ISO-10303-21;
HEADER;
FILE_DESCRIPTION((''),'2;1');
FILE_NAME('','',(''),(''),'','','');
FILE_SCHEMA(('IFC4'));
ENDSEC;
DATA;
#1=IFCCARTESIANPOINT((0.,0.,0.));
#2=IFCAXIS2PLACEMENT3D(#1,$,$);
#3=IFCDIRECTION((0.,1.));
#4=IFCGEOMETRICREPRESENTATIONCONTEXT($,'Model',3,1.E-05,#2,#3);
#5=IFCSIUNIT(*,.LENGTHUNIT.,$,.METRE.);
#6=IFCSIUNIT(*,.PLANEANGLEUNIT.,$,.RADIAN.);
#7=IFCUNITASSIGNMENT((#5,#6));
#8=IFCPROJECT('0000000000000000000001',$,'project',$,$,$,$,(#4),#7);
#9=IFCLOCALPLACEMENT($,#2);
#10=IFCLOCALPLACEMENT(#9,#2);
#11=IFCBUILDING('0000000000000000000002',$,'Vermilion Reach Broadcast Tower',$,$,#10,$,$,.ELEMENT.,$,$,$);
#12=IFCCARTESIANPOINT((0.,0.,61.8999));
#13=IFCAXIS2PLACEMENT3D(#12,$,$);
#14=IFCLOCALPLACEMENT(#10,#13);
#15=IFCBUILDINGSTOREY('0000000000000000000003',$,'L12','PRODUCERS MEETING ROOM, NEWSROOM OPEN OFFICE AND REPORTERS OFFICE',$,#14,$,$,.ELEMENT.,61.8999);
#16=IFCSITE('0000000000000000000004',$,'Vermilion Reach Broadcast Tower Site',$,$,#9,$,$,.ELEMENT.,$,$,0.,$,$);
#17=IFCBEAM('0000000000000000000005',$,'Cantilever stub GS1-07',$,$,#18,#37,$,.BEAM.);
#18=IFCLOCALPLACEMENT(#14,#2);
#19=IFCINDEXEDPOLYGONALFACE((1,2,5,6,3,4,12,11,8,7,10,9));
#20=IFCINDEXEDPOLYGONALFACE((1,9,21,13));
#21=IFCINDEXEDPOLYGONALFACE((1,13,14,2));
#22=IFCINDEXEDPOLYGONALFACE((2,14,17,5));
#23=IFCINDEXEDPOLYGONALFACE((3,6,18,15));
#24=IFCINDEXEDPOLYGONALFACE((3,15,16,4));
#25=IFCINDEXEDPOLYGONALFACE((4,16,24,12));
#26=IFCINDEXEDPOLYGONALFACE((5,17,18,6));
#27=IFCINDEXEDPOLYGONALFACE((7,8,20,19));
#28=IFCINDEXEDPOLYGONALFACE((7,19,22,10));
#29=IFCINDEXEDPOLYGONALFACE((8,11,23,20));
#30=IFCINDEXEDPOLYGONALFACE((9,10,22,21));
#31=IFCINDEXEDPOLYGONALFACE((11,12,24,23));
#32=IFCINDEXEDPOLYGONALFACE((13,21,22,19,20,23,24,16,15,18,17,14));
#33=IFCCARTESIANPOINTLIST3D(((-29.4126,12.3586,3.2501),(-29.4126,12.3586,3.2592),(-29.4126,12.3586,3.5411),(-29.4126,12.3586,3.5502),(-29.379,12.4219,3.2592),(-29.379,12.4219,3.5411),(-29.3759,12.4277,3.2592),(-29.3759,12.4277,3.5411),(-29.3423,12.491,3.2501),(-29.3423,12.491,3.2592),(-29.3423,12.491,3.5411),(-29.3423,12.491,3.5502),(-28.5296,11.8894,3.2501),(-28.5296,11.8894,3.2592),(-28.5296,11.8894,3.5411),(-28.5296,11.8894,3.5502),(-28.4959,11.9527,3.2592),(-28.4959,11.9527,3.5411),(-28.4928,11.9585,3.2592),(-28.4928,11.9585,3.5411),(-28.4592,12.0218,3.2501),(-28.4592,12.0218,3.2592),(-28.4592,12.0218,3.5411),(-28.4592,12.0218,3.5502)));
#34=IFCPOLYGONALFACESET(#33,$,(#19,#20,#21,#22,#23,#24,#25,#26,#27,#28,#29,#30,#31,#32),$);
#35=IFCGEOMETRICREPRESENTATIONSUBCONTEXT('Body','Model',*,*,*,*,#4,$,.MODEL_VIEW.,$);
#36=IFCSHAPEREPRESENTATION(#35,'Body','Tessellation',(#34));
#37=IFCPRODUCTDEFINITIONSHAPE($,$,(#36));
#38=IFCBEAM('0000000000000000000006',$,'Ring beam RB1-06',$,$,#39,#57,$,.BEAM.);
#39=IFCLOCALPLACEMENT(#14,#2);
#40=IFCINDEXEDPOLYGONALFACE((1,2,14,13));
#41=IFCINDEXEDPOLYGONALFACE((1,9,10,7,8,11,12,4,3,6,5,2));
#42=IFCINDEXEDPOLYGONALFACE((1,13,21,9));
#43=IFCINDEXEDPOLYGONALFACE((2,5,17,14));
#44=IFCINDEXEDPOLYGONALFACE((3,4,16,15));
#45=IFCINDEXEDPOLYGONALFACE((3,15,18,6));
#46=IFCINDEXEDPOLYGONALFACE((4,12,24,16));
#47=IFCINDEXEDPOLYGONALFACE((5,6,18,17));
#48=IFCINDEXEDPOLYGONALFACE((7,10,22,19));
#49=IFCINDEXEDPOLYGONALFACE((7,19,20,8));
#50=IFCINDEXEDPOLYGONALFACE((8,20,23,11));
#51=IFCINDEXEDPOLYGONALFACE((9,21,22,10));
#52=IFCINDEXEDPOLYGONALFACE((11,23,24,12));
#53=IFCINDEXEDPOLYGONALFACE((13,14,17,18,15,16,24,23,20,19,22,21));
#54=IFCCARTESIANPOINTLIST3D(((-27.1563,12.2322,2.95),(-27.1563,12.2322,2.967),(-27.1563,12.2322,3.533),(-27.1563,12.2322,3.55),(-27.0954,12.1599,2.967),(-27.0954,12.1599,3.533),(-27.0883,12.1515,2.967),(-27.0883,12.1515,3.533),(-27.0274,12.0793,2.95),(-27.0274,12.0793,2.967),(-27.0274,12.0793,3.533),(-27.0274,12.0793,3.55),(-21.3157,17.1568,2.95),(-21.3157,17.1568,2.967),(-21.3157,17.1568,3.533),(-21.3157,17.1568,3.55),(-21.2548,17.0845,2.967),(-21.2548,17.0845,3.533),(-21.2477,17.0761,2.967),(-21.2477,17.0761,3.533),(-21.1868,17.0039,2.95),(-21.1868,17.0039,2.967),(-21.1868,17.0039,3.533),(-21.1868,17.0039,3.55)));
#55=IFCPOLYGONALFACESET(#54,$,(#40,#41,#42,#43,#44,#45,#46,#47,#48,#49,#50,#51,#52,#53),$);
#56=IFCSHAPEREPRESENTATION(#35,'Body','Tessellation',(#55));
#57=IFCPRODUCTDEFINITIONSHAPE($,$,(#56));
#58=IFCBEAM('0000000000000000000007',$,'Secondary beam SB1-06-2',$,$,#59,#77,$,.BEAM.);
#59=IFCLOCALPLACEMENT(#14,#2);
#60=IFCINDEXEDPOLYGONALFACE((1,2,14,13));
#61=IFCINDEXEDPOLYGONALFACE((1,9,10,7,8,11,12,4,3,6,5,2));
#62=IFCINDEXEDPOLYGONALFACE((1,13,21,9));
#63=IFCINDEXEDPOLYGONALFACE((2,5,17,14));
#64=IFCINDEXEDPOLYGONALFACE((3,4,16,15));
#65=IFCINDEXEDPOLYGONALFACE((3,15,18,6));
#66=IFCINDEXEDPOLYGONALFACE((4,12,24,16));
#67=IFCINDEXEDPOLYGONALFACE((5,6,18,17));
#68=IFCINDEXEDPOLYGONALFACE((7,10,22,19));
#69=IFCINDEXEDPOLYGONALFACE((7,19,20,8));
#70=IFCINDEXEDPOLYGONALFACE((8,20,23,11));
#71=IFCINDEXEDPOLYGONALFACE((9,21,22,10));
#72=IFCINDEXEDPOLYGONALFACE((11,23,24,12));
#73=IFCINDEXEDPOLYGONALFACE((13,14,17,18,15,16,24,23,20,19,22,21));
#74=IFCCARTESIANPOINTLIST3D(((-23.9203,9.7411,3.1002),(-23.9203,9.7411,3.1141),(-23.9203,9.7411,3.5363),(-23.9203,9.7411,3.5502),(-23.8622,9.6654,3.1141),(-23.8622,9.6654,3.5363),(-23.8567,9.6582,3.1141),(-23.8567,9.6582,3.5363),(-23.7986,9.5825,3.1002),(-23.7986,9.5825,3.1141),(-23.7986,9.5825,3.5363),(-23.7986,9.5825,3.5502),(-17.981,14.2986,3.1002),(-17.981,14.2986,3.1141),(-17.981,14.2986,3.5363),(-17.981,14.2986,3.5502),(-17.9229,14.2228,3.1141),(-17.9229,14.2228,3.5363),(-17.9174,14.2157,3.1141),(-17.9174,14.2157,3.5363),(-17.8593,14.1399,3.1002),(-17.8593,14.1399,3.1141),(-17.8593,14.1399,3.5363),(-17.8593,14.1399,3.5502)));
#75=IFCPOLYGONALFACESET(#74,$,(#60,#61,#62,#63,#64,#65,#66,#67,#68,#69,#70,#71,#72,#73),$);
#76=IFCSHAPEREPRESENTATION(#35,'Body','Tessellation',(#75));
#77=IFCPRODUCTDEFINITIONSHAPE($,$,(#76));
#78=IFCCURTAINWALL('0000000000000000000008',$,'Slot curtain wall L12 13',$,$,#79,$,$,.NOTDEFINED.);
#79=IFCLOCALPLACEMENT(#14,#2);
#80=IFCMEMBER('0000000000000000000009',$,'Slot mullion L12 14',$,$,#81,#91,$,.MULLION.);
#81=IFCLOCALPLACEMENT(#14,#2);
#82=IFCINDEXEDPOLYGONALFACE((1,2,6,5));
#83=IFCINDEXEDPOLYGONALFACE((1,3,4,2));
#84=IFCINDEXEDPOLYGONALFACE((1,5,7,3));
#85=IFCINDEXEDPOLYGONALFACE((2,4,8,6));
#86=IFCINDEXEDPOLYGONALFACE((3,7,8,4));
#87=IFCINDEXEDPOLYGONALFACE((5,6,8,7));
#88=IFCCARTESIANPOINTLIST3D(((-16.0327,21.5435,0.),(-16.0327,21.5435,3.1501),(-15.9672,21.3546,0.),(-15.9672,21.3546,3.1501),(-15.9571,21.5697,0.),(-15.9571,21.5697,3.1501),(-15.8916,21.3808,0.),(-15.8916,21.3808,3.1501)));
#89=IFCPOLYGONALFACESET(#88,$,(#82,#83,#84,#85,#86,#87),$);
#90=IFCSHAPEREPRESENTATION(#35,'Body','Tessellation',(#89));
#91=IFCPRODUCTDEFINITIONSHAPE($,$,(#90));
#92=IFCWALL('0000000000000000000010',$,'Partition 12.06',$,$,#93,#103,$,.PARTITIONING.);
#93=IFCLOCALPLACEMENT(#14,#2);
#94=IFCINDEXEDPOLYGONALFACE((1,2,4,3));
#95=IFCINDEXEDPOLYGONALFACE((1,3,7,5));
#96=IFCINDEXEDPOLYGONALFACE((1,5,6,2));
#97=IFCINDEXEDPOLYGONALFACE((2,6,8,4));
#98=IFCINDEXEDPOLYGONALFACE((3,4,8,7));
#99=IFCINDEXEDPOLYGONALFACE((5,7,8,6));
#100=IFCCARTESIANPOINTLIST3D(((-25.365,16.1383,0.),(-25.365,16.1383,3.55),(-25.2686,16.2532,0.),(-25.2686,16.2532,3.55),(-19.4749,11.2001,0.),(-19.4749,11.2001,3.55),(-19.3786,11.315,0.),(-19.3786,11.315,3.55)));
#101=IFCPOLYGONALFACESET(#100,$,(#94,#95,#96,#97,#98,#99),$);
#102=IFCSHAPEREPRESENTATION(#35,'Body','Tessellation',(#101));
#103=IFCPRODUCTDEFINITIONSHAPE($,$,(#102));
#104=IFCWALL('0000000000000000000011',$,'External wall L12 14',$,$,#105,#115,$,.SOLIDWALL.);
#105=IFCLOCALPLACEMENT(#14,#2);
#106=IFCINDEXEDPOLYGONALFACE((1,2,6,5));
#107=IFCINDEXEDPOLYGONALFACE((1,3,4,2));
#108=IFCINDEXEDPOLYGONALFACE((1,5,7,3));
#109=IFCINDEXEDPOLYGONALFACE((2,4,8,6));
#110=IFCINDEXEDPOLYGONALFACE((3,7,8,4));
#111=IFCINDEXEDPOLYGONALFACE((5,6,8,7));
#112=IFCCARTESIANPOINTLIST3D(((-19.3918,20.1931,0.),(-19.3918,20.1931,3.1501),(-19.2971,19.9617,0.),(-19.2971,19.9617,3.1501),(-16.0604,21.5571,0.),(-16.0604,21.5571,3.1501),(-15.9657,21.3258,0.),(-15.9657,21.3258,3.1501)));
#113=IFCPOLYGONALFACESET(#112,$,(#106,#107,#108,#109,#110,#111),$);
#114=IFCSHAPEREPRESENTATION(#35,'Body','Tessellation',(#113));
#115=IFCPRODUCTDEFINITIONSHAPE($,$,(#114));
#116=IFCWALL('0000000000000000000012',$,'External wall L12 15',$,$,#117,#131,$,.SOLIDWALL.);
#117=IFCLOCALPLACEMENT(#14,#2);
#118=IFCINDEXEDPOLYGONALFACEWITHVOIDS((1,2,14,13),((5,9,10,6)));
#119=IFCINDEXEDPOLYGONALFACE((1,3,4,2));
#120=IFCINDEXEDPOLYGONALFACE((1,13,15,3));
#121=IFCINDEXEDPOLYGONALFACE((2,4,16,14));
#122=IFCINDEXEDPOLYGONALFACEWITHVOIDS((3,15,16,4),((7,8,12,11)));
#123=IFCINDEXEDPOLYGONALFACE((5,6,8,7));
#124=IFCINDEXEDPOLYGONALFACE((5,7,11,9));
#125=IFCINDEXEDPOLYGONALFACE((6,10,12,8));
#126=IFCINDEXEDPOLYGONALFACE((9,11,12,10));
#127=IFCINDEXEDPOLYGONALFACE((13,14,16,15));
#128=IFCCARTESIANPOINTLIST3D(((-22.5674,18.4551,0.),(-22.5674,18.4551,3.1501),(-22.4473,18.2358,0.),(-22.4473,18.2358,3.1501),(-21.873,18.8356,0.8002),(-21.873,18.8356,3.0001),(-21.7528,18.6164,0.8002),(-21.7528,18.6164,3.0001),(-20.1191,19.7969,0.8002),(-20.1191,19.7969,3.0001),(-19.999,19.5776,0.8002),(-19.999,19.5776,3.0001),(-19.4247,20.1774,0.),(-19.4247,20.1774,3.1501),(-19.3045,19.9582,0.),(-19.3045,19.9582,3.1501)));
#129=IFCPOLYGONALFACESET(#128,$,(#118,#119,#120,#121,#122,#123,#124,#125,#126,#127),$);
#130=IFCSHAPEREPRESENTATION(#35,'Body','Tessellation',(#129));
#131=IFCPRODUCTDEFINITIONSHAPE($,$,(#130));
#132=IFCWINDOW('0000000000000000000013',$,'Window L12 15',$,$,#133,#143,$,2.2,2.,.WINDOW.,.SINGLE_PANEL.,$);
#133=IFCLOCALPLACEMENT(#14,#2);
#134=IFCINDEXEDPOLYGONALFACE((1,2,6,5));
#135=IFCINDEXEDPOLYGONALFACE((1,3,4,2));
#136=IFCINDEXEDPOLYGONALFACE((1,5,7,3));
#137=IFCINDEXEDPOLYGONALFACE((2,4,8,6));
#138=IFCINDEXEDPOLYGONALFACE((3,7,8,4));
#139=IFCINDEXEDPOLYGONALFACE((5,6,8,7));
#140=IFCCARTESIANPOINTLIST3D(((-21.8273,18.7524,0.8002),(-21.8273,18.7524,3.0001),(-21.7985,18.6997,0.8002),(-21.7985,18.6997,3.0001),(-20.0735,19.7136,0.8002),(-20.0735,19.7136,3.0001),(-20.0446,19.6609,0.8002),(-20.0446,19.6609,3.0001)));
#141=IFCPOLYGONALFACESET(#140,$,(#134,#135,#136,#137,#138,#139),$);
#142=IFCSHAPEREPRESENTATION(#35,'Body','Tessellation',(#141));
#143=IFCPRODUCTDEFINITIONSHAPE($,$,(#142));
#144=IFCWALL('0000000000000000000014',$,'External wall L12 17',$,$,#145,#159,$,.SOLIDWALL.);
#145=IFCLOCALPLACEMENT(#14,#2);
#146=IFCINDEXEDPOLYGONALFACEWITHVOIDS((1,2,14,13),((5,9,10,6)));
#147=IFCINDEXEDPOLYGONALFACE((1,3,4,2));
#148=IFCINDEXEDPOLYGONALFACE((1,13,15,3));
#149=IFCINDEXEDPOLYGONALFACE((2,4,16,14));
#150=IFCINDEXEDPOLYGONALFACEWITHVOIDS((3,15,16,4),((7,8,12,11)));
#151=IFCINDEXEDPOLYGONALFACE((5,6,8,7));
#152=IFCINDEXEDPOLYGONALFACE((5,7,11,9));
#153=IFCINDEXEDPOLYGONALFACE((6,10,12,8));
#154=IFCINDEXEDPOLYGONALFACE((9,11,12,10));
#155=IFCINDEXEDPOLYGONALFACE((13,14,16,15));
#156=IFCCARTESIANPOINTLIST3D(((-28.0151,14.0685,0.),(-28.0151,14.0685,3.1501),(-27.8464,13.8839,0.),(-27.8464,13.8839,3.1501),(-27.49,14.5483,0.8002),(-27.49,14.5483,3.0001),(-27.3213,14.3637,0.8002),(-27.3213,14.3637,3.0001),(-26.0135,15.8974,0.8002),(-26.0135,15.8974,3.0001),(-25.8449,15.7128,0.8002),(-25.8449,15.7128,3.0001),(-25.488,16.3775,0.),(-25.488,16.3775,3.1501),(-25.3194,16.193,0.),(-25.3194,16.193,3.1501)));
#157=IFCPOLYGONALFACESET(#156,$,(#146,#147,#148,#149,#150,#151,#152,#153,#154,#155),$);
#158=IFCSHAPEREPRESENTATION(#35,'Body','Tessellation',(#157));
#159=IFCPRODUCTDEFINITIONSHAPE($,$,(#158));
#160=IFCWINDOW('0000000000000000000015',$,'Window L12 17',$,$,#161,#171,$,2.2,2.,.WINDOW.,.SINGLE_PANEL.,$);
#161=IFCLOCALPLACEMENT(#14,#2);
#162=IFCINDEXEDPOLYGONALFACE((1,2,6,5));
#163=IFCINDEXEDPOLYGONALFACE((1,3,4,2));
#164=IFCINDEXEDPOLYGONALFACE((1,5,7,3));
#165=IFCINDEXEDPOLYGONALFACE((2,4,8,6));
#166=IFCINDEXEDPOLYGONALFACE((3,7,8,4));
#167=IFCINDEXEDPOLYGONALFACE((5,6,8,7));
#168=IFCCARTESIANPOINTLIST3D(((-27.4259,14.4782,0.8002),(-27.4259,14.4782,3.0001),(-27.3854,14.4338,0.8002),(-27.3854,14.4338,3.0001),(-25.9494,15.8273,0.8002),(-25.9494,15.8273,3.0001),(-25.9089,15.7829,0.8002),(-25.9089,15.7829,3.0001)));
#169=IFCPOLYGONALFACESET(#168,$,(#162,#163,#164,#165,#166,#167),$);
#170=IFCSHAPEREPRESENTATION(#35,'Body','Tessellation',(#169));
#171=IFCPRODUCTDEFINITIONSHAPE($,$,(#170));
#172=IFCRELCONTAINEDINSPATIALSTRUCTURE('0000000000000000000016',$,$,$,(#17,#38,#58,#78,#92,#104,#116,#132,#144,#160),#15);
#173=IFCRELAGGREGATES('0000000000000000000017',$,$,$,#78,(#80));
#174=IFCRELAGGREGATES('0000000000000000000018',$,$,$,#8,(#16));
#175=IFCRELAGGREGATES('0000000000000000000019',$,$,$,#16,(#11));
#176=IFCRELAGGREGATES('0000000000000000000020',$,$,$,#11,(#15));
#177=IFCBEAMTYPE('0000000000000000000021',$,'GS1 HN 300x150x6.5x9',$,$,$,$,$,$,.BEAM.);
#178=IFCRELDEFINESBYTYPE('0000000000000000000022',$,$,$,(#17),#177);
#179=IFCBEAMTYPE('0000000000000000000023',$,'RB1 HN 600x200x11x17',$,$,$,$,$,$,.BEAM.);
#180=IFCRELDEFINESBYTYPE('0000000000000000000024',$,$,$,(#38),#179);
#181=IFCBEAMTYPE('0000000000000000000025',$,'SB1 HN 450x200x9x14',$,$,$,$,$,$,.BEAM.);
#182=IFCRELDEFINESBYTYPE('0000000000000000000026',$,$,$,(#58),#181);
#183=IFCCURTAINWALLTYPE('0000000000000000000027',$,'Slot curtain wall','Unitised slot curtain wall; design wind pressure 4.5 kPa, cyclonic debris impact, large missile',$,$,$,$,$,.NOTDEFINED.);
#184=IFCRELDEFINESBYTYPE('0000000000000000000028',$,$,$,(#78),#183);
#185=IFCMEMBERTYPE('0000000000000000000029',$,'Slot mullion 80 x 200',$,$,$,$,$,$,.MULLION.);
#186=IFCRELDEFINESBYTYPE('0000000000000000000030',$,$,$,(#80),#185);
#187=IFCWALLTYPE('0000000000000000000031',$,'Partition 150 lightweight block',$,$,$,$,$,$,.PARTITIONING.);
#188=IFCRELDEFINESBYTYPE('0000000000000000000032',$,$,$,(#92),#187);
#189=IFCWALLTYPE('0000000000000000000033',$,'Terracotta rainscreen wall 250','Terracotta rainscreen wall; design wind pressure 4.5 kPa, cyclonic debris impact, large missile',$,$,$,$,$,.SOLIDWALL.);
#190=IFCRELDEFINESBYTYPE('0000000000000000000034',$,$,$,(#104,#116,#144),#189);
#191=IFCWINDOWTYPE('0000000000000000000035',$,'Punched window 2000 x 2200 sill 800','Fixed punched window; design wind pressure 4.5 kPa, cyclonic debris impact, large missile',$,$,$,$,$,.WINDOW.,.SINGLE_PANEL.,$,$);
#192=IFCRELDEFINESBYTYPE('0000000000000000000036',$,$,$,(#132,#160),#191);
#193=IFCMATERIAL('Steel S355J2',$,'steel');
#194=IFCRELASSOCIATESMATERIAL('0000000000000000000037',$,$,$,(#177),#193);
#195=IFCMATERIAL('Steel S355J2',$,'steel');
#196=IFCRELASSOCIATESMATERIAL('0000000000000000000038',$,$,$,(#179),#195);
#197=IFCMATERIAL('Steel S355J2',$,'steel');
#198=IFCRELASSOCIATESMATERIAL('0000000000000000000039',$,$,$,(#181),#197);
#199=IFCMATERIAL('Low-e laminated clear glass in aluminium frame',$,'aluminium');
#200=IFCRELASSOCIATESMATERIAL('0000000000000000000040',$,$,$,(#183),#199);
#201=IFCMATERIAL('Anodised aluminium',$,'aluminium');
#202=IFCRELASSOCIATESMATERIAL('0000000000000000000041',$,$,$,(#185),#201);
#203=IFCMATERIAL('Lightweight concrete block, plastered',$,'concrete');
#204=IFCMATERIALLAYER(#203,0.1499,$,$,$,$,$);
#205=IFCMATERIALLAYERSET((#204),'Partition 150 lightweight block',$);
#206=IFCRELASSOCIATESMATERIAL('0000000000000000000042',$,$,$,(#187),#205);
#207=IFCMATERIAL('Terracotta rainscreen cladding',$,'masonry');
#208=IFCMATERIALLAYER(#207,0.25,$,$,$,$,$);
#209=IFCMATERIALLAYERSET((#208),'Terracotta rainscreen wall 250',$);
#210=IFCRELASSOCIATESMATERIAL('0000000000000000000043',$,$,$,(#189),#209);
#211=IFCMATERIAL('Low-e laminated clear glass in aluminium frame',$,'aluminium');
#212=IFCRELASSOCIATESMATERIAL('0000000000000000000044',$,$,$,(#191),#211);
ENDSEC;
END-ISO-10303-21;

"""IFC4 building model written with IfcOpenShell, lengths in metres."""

from ifc_helpers import new_model, si_unit, direction, frame, frame_2d, origin, origin_2d, place, context, subcontext, project, spatial, rectangle, i_section, extrude, material, layer, layer_set, material_profile, profile_set, type_object, element, fill, aggregate, save


model = new_model("IFC4")

# Units and contexts
model_context = context("Model", 3, precision=1e-05, world=origin(), true_north=direction((0.0, 1.0)))
body_context = subcontext(model_context, "Body", "Model", "MODEL_VIEW")
ifc_project = project(units=[si_unit("LENGTHUNIT", "METRE"), si_unit("PLANEANGLEUNIT", "RADIAN")], contexts=[model_context])

# Site, building, storey
site_placement = place(None, origin())
site = spatial("IfcSite", under=ifc_project, at=site_placement, Name="Vermilion Reach Broadcast Tower Site", CompositionType="ELEMENT", RefElevation=0.0)
building_placement = place(site_placement, origin())
building = spatial("IfcBuilding", under=site, at=building_placement, Name="Vermilion Reach Broadcast Tower", CompositionType="ELEMENT")
storey_placement = place(building_placement, frame((0.0, 0.0, 61.8999)))
storey = spatial("IfcBuildingStorey", under=building, at=storey_placement, Name="L12", Description="PRODUCERS MEETING ROOM, NEWSROOM OPEN OFFICE AND REPORTERS OFFICE", CompositionType="ELEMENT", Elevation=61.8999)

# Beams
ifc_material_1 = material(Name="Steel S355J2", Category="steel")
ifc_material_profile_1 = material_profile(ifc_material_1, i_section(OverallWidth=0.1499, OverallDepth=0.3, WebThickness=0.0066, FlangeThickness=0.009, at=origin_2d()), Name="S355J2 HN 300x150x6.5x9")
ifc_profile_set_1 = profile_set([ifc_material_profile_1], Name="Steel S355J2")
beam_type_1 = type_object("IfcBeamType", Name="GS1 HN 300x150x6.5x9", PredefinedType="BEAM", material=ifc_profile_set_1)
for number, where, z_axis, x_axis, name in (
    (1, (-28.4944, 11.9556, 3.4001), (-0.883068, 0.469244, 0.0), (-0.469244, -0.883068, 0.0), "Cantilever stub GS1-07"),
):
    element("IfcBeam", number, at=place(storey_placement, frame(where, z_axis=z_axis, x_axis=x_axis)), inside=storey, type_object=beam_type_1, Name=name, PredefinedType="BEAM", context=body_context, shape_type="SweptSolid", body=[
        extrude(i_section(OverallWidth=0.1499, OverallDepth=0.3, WebThickness=0.0066, FlangeThickness=0.009, at=origin_2d()), origin(), (0.0, 0.0, 1.0), 1.0),
    ])
ifc_material_2 = material(Name="Steel S355J2", Category="steel")
ifc_material_profile_2 = material_profile(ifc_material_2, i_section(OverallWidth=0.2, OverallDepth=0.6001, WebThickness=0.011, FlangeThickness=0.0171, at=origin_2d()), Name="S355J2 HN 600x200x11x17")
ifc_profile_set_2 = profile_set([ifc_material_profile_2], Name="Steel S355J2")
beam_type_2 = type_object("IfcBeamType", Name="RB1 HN 600x200x11x17", PredefinedType="BEAM", material=ifc_profile_set_2)
beam_1_placement = place(storey_placement, frame((-21.2512, 17.0803, 3.25), z_axis=(-0.764512, -0.644609, 0.0), x_axis=(0.644609, -0.764512, 0.0)))
element("IfcBeam", 2, at=beam_1_placement, inside=storey, type_object=beam_type_2, Name="Ring beam RB1-06", PredefinedType="BEAM", context=body_context, shape_type="SweptSolid", body=[
    extrude(i_section(OverallWidth=0.2, OverallDepth=0.6001, WebThickness=0.011, FlangeThickness=0.0171, at=origin_2d()), origin(), (0.0, 0.0, 1.0), 7.6396),
])
ifc_material_3 = material(Name="Steel S355J2", Category="steel")
ifc_material_profile_3 = material_profile(ifc_material_3, i_section(OverallWidth=0.2, OverallDepth=0.45, WebThickness=0.009, FlangeThickness=0.0139, at=origin_2d()), Name="S355J2 HN 450x200x9x14")
ifc_profile_set_3 = profile_set([ifc_material_profile_3], Name="Steel S355J2")
beam_type_3 = type_object("IfcBeamType", Name="SB1 HN 450x200x9x14", PredefinedType="BEAM", material=ifc_profile_set_3)
beam_2_placement = place(storey_placement, frame((-17.9202, 14.2192, 3.3252), z_axis=(-0.79335, -0.608766, 0.0), x_axis=(0.608766, -0.79335, 0.0)))
element("IfcBeam", 3, at=beam_2_placement, inside=storey, type_object=beam_type_3, Name="Secondary beam SB1-06-2", PredefinedType="BEAM", context=body_context, shape_type="SweptSolid", body=[
    extrude(i_section(OverallWidth=0.2, OverallDepth=0.45, WebThickness=0.009, FlangeThickness=0.0139, at=origin_2d()), origin(), (0.0, 0.0, 1.0), 7.4863),
])

# Curtain wall, member
ifc_material_4 = material(Name="Low-e laminated clear glass in aluminium frame", Category="aluminium")
curtain_wall_type = type_object("IfcCurtainWallType", Name="Slot curtain wall", Description="Unitised slot curtain wall; design wind pressure 4.5 kPa, cyclonic debris impact, large missile", PredefinedType="NOTDEFINED", material=ifc_material_4)
curtain_wall_placement = place(storey_placement, origin())
curtain_wall = element("IfcCurtainWall", 4, at=curtain_wall_placement, inside=storey, type_object=curtain_wall_type, Name="Slot curtain wall L12 13", PredefinedType="NOTDEFINED")
ifc_material_5 = material(Name="Anodised aluminium", Category="aluminium")
ifc_material_profile_4 = material_profile(ifc_material_5, rectangle(XDim=0.2, YDim=0.0801, at=origin_2d()), Name="Slot mullion 80 x 200")
ifc_profile_set_4 = profile_set([ifc_material_profile_4], Name="Anodised aluminium")
member_type = type_object("IfcMemberType", Name="Slot mullion 80 x 200", PredefinedType="MULLION", material=ifc_profile_set_4)
member_placement = place(storey_placement, frame((-15.9622, 21.4622, 0.0), z_axis=(0.0, 0.0, 1.0), x_axis=(0.327564, -0.944829, 0.0)))
member = element("IfcMember", 5, at=member_placement, type_object=member_type, Name="Slot mullion L12 14", PredefinedType="MULLION", context=body_context, shape_type="SweptSolid", body=[
    extrude(rectangle(XDim=0.2, YDim=0.0801, at=origin_2d()), origin(), (0.0, 0.0, 1.0), 3.1501),
])
aggregate(curtain_wall, [member])

# Walls
ifc_material_6 = material(Name="Lightweight concrete block, plastered", Category="concrete")
ifc_layer_1 = layer(ifc_material_6, 0.1499)
ifc_layer_set_1 = layer_set([ifc_layer_1], Name="Partition 150 lightweight block")
wall_type_1 = type_object("IfcWallType", Name="Partition 150 lightweight block", PredefinedType="PARTITIONING", material=ifc_layer_set_1)
wall_1_placement = place(storey_placement, frame((-25.3169, 16.1958, 0.0), z_axis=(0.0, 0.0, 1.0), x_axis=(0.766312, -0.642468, 0.0)))
element("IfcWall", 6, at=wall_1_placement, inside=storey, type_object=wall_type_1, Name="Partition 12.06", PredefinedType="PARTITIONING", context=body_context, shape_type="SweptSolid", body=[
    extrude(rectangle(XDim=7.6863, YDim=0.1499, at=frame_2d((3.8433, 0.0))), origin(), (0.0, 0.0, 1.0), 3.55),
])
ifc_material_7 = material(Name="Terracotta rainscreen cladding", Category="masonry")
ifc_layer_2 = layer(ifc_material_7, 0.25)
ifc_layer_set_2 = layer_set([ifc_layer_2], Name="Terracotta rainscreen wall 250")
wall_type_2 = type_object("IfcWallType", Name="Terracotta rainscreen wall 250", Description="Terracotta rainscreen wall; design wind pressure 4.5 kPa, cyclonic debris impact, large missile", PredefinedType="SOLIDWALL", material=ifc_layer_set_2)
wall_2_placement = place(storey_placement, frame((-16.0132, 21.4414, 0.0), z_axis=(0.0, 0.0, 1.0), x_axis=(-0.925429, -0.378921, 0.0)))
element("IfcWall", 7, at=wall_2_placement, inside=storey, type_object=wall_type_2, Name="External wall L12 14", PredefinedType="SOLIDWALL", context=body_context, shape_type="SweptSolid", body=[
    extrude(rectangle(XDim=3.5999, YDim=0.25, at=frame_2d((1.7998, 0.0))), origin(), (0.0, 0.0, 1.0), 3.1501),
])

# Wall, opening, window
wall_3_placement = place(storey_placement, frame((-19.3645, 20.0679, 0.0), z_axis=(0.0, 0.0, 1.0), x_axis=(-0.876938, -0.480603, 0.0)))
wall_3 = element("IfcWall", 8, at=wall_3_placement, inside=storey, type_object=wall_type_2, Name="External wall L12 15", PredefinedType="SOLIDWALL", context=body_context, shape_type="SweptSolid", body=[
    extrude(rectangle(XDim=3.5837, YDim=0.25, at=frame_2d((1.792, 0.0))), origin(), (0.0, 0.0, 1.0), 3.1501),
])
opening_1_placement = place(wall_3_placement, frame((0.792, 0.0, 0.8)))
opening_1 = element("IfcOpeningElement", 9, at=opening_1_placement, cuts=wall_3, PredefinedType="OPENING", context=body_context, shape_type="SweptSolid", body=[
    extrude(rectangle(XDim=2.0, YDim=2.2, at=frame_2d((1.0, 1.1001))), frame((0.0, 0.135, 0.0), z_axis=(0.0, -1.0, 0.0), x_axis=(1.0, 0.0, 0.0)), (0.0, 0.0, 1.0), 0.27),
])
ifc_material_8 = material(Name="Low-e laminated clear glass in aluminium frame", Category="aluminium")
window_type = type_object("IfcWindowType", Name="Punched window 2000 x 2200 sill 800", Description="Fixed punched window; design wind pressure 4.5 kPa, cyclonic debris impact, large missile", PartitioningType="SINGLE_PANEL", PredefinedType="WINDOW", material=ifc_material_8)
window_1_placement = place(opening_1_placement, origin())
window_1 = element("IfcWindow", 10, at=window_1_placement, inside=storey, type_object=window_type, Name="Window L12 15", OverallHeight=2.2, OverallWidth=2.0, PartitioningType="SINGLE_PANEL", PredefinedType="WINDOW", context=body_context, shape_type="SweptSolid", body=[
    extrude(rectangle(XDim=2.0, YDim=2.2, at=frame_2d((1.0, 1.1001))), frame((0.0, 0.03, 0.0), z_axis=(0.0, -1.0, 0.0), x_axis=(1.0, 0.0, 0.0)), (0.0, 0.0, 1.0), 0.0601),
])
fill(opening_1, window_1)

# Wall, opening, window
wall_4_placement = place(storey_placement, frame((-25.4038, 16.2852, 0.0), z_axis=(0.0, 0.0, 1.0), x_axis=(-0.738234, -0.674545, 0.0)))
wall_4 = element("IfcWall", 11, at=wall_4_placement, inside=storey, type_object=wall_type_2, Name="External wall L12 17", PredefinedType="SOLIDWALL", context=body_context, shape_type="SweptSolid", body=[
    extrude(rectangle(XDim=3.4231, YDim=0.25, at=frame_2d((1.7114, 0.0))), origin(), (0.0, 0.0, 1.0), 3.1501),
])
opening_2_placement = place(wall_4_placement, frame((0.7117, 0.0, 0.8)))
opening_2 = element("IfcOpeningElement", 12, at=opening_2_placement, cuts=wall_4, PredefinedType="OPENING", context=body_context, shape_type="SweptSolid", body=[
    extrude(rectangle(XDim=2.0, YDim=2.2, at=frame_2d((1.0, 1.1001))), frame((0.0, 0.135, 0.0), z_axis=(0.0, -1.0, 0.0), x_axis=(1.0, 0.0, 0.0)), (0.0, 0.0, 1.0), 0.27),
])
window_2_placement = place(opening_2_placement, origin())
window_2 = element("IfcWindow", 13, at=window_2_placement, inside=storey, type_object=window_type, Name="Window L12 17", OverallHeight=2.2, OverallWidth=2.0, PartitioningType="SINGLE_PANEL", PredefinedType="WINDOW", context=body_context, shape_type="SweptSolid", body=[
    extrude(rectangle(XDim=2.0, YDim=2.2, at=frame_2d((1.0, 1.1001))), frame((0.0, 0.03, 0.0), z_axis=(0.0, -1.0, 0.0), x_axis=(1.0, 0.0, 0.0)), (0.0, 0.0, 1.0), 0.0601),
])
fill(opening_2, window_2)

save(model, "model.ifc")
